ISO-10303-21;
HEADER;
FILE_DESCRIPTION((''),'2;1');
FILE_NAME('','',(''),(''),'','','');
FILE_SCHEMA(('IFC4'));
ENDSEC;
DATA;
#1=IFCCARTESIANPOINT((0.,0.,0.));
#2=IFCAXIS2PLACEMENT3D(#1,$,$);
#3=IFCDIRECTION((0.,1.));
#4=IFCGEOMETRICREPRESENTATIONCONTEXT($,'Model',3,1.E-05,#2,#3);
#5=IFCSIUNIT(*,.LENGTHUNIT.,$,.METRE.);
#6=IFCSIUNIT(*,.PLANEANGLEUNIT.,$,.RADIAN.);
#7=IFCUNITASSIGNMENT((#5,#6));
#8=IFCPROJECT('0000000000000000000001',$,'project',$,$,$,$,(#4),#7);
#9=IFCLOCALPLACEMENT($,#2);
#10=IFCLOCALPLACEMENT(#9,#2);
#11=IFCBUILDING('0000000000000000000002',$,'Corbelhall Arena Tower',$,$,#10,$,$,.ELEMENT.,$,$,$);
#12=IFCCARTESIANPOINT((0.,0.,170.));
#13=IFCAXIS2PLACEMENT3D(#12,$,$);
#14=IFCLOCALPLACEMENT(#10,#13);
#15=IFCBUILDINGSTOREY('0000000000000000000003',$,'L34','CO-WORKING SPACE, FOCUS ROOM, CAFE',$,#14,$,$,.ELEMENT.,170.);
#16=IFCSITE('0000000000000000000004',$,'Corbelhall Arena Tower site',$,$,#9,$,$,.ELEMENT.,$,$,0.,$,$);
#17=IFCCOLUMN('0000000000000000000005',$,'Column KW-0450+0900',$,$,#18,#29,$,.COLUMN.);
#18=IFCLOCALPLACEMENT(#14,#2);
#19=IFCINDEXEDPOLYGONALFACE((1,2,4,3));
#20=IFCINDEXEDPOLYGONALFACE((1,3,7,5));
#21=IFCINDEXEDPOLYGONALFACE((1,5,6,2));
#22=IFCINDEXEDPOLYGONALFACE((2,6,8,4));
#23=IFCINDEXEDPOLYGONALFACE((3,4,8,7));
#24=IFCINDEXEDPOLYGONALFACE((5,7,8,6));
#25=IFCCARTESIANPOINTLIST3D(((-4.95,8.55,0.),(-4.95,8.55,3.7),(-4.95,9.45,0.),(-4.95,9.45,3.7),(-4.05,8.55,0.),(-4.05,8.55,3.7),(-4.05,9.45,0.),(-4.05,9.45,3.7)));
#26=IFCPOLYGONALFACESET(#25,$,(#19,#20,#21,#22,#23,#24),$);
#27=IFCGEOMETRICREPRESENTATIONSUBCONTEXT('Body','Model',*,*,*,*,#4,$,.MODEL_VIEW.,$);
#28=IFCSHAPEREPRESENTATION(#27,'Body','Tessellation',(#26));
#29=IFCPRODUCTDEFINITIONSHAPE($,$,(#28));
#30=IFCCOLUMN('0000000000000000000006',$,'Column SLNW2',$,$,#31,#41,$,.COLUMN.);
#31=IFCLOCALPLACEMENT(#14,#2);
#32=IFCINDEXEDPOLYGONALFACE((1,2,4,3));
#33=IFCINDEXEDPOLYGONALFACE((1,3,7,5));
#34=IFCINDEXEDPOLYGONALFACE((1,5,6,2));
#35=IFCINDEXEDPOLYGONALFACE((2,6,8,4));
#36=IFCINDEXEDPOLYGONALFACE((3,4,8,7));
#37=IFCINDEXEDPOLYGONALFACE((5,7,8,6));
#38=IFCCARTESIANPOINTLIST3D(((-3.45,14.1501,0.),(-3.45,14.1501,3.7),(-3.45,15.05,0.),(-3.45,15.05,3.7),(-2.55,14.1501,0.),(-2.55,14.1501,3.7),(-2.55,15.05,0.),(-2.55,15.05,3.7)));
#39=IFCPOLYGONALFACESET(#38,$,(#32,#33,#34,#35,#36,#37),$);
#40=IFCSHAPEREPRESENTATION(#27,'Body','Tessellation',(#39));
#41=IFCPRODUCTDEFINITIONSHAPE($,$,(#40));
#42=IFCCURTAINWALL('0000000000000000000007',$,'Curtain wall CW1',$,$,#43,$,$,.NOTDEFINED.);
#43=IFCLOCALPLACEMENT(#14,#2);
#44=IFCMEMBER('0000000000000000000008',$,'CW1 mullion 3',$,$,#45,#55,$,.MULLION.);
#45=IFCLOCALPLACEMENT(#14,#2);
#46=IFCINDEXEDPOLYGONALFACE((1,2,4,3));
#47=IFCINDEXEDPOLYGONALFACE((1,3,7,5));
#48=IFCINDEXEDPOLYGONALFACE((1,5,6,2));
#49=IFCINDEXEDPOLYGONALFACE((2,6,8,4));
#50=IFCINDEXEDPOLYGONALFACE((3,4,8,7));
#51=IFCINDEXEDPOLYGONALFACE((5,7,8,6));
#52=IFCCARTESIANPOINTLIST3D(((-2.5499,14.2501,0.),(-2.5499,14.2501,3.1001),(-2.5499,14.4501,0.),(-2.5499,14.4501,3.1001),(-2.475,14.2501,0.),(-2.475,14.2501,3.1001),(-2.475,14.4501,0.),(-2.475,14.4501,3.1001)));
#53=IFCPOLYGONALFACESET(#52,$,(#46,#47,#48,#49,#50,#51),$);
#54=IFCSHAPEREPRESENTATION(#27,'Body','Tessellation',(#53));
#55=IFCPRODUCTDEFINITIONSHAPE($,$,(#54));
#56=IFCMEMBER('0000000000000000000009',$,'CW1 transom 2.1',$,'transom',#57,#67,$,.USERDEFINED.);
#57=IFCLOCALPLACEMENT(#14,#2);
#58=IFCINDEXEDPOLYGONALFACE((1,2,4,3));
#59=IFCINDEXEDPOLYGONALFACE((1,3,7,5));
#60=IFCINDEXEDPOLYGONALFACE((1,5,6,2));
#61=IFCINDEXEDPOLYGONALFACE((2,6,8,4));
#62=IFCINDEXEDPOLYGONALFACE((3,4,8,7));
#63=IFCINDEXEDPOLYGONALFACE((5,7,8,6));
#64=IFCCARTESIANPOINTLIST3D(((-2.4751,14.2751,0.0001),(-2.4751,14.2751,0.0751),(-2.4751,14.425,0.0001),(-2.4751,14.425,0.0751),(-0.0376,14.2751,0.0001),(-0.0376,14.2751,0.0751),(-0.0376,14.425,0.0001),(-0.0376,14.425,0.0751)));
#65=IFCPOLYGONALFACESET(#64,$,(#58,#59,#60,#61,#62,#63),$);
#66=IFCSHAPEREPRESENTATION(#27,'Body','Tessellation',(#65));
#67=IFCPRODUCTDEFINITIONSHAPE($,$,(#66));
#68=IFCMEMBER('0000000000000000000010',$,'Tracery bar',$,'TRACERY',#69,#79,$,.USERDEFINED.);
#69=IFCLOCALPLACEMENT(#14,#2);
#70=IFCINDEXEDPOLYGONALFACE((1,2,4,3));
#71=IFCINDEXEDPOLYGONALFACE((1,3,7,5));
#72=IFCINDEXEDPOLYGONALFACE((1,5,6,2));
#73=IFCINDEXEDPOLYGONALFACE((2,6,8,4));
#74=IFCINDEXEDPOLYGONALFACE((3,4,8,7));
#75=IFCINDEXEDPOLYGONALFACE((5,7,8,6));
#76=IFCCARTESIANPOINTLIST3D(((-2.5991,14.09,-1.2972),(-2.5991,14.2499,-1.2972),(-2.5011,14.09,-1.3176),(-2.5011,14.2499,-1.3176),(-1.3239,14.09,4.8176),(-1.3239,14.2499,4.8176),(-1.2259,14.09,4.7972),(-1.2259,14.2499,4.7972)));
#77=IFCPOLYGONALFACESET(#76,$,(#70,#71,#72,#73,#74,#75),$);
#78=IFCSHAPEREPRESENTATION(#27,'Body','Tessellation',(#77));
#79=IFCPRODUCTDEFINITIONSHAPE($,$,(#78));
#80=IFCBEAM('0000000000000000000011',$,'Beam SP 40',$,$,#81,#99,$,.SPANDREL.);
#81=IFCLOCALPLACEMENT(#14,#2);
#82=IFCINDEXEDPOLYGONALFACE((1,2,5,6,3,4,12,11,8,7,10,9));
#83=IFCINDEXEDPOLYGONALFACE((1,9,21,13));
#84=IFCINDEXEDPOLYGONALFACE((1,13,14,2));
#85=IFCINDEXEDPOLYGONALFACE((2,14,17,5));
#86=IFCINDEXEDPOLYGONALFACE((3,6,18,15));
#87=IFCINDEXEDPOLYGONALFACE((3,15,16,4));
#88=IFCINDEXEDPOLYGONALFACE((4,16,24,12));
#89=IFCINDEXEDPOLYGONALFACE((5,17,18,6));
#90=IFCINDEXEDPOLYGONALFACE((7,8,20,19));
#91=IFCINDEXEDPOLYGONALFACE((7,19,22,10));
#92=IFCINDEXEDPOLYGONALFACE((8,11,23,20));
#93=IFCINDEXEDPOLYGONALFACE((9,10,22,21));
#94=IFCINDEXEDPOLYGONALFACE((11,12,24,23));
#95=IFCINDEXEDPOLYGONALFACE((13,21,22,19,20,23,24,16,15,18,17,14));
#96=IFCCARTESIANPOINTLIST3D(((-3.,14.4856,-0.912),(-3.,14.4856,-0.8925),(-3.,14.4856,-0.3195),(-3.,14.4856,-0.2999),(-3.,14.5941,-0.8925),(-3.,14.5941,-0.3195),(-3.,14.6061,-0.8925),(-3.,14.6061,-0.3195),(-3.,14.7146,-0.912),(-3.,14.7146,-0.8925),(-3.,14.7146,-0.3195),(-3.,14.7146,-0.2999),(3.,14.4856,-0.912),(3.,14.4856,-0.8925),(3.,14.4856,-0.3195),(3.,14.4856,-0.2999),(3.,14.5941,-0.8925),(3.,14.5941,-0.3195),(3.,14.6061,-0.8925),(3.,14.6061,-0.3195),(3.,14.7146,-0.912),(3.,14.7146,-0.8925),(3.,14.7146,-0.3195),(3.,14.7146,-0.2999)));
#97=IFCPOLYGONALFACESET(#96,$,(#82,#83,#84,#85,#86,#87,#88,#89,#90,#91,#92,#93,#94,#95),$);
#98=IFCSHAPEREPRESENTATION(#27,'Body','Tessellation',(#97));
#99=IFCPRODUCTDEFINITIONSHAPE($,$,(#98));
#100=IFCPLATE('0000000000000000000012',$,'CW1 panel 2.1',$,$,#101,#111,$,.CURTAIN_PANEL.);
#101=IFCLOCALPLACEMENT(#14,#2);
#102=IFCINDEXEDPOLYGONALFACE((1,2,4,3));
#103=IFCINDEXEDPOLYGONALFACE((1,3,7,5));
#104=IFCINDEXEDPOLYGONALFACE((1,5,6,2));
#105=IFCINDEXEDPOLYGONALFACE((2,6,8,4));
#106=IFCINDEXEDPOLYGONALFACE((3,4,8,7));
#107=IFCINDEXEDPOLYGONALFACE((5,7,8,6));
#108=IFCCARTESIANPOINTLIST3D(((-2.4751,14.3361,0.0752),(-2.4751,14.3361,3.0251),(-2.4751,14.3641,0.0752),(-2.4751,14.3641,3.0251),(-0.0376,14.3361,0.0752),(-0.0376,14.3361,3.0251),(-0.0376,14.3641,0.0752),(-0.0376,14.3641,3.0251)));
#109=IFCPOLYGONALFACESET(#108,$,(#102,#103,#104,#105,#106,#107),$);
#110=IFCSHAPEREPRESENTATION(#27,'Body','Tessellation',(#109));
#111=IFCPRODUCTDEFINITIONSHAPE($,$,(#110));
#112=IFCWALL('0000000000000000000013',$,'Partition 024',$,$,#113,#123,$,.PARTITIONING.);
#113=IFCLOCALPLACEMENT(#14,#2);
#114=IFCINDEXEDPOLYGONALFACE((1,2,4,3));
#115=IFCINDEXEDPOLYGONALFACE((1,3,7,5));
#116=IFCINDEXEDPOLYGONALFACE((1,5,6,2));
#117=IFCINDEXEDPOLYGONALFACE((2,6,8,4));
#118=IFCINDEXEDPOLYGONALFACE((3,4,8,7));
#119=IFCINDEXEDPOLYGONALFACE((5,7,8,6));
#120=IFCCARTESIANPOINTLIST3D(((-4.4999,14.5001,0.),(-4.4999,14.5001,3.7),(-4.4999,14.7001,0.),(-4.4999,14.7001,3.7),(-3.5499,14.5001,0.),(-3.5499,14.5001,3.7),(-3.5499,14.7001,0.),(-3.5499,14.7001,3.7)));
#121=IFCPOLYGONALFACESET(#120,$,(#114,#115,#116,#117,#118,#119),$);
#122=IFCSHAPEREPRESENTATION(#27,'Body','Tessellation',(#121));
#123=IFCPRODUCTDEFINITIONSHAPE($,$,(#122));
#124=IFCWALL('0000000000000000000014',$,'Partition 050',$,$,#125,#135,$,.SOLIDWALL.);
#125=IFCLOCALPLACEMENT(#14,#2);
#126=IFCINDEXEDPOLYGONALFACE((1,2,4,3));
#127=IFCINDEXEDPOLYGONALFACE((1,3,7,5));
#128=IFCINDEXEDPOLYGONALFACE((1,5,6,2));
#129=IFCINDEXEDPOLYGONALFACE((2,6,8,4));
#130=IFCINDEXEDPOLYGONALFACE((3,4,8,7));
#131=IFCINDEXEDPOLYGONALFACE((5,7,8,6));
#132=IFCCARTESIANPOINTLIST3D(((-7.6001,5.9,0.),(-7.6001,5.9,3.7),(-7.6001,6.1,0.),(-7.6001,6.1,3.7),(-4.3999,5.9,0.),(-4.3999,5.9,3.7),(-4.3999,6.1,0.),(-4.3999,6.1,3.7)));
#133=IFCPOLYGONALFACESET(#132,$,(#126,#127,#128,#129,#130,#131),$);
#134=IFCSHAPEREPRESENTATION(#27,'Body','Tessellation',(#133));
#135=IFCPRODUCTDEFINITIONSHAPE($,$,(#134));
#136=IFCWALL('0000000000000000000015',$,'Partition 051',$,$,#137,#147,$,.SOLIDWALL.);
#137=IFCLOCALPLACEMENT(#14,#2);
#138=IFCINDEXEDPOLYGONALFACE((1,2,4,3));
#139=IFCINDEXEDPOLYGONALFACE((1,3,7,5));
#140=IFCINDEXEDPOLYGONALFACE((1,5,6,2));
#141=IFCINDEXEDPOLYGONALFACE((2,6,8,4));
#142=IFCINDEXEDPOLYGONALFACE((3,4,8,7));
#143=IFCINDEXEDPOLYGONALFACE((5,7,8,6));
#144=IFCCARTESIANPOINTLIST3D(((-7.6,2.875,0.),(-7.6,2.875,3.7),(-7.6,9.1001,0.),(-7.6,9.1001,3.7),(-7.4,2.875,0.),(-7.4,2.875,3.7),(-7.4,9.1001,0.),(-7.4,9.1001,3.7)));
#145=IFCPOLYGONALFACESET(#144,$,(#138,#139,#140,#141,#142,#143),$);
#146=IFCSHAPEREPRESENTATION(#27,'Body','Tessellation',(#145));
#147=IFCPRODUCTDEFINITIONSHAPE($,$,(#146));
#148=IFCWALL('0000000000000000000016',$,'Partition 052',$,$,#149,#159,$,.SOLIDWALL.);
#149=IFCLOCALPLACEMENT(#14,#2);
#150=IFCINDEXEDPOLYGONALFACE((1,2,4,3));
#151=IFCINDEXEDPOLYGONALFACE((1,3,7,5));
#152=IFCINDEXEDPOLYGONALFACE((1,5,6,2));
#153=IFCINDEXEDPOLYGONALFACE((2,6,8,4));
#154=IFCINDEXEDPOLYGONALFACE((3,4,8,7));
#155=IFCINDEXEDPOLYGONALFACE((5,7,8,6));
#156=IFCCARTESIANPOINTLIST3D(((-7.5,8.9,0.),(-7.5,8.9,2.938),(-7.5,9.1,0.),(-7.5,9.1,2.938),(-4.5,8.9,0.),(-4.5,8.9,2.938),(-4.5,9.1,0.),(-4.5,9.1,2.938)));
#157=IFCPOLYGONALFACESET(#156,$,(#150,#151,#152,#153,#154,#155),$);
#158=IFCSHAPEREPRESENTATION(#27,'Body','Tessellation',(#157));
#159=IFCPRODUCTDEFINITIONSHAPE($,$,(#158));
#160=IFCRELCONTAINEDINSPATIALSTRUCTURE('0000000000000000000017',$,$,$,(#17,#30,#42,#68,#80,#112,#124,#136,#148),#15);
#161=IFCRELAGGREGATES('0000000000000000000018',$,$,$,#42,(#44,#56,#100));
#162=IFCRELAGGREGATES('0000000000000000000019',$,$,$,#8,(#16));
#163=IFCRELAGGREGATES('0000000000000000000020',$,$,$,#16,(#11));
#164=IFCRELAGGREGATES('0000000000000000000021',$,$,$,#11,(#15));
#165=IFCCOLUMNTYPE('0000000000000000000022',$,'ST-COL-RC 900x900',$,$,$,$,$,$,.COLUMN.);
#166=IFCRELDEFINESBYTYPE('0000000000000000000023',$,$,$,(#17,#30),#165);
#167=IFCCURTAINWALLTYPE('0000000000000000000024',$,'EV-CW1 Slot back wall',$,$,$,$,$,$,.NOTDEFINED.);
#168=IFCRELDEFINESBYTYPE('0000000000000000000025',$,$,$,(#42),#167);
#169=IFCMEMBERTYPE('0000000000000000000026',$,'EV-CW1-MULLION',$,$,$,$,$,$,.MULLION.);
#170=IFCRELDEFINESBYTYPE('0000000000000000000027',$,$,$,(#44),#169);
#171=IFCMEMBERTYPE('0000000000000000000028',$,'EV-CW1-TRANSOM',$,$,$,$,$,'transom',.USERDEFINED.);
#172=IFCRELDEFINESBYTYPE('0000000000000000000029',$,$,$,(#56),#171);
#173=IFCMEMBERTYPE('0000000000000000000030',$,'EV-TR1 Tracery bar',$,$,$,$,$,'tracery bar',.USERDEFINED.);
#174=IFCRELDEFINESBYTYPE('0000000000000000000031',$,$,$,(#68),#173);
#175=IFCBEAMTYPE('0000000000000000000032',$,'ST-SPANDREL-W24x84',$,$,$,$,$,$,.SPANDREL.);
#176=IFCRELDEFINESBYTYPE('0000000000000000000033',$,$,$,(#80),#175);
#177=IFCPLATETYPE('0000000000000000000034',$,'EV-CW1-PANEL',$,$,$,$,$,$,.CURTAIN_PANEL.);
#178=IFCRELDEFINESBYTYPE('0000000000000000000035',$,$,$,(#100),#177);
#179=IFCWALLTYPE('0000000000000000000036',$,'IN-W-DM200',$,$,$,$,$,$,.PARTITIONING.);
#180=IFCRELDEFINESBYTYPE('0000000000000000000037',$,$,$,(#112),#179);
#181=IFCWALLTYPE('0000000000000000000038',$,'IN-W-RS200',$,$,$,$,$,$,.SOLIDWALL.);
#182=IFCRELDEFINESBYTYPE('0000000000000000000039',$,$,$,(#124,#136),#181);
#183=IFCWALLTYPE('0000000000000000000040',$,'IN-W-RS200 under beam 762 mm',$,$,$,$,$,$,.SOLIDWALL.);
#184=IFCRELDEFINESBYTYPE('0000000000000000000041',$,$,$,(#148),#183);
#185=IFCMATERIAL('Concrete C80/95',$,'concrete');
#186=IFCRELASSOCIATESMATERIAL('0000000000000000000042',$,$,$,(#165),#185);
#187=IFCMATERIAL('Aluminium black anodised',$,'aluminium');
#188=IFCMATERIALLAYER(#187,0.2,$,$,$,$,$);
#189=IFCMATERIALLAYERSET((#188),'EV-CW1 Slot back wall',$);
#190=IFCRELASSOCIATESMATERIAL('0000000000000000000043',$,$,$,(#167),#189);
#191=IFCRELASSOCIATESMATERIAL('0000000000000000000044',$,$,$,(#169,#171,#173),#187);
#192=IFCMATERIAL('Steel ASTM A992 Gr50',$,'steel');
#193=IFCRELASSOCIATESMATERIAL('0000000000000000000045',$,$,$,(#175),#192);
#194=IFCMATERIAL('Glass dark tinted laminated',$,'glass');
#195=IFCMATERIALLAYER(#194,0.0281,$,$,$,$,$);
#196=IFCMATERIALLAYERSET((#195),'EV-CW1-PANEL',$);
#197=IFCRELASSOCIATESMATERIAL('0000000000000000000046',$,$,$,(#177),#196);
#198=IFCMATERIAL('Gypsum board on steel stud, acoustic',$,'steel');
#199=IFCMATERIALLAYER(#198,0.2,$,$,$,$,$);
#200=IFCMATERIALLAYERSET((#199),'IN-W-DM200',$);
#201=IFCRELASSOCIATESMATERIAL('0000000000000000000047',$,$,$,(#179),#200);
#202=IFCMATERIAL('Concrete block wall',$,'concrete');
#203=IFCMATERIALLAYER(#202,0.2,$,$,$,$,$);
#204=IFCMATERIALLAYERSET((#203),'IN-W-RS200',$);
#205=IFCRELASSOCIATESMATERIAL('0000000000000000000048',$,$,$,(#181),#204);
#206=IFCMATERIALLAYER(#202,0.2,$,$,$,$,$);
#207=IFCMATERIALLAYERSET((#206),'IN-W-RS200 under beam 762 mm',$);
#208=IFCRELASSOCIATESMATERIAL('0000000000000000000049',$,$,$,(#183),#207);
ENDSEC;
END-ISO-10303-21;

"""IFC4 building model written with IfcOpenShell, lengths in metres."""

from ifc_helpers import new_model, si_unit, direction, frame, frame_2d, origin, origin_2d, place, context, subcontext, project, spatial, rectangle, i_section, extrude, material, layer, layer_set, material_profile, profile_set, type_object, element, aggregate, save


model = new_model("IFC4")

# Units and contexts
model_context = context("Model", 3, precision=1e-05, world=origin(), true_north=direction((0.0, 1.0)))
body_context = subcontext(model_context, "Body", "Model", "MODEL_VIEW")
ifc_project = project(units=[si_unit("LENGTHUNIT", "METRE"), si_unit("PLANEANGLEUNIT", "RADIAN")], contexts=[model_context])

# Site, building, storey
site_placement = place(None, origin())
site = spatial("IfcSite", under=ifc_project, at=site_placement, Name="Corbelhall Arena Tower site", CompositionType="ELEMENT", RefElevation=0.0)
building_placement = place(site_placement, origin())
building = spatial("IfcBuilding", under=site, at=building_placement, Name="Corbelhall Arena Tower", CompositionType="ELEMENT")
storey_placement = place(building_placement, frame((0.0, 0.0, 170.0)))
storey = spatial("IfcBuildingStorey", under=building, at=storey_placement, Name="L34", Description="CO-WORKING SPACE, FOCUS ROOM, CAFE", CompositionType="ELEMENT", Elevation=170.0)

# Columns
ifc_material_1 = material(Name="Concrete C80/95", Category="concrete")
ifc_material_profile_1 = material_profile(ifc_material_1, rectangle(XDim=0.8999, YDim=0.8999, at=origin_2d()))
ifc_profile_set_1 = profile_set([ifc_material_profile_1], Name="Concrete C80/95")
column_type = type_object("IfcColumnType", Name="ST-COL-RC 900x900", PredefinedType="COLUMN", material=ifc_profile_set_1)
for number, where, z_axis, x_axis, name in (
    (1, (-4.5, 9.0, 0.0), (0.0, 0.0, 1.0), (1.0, 0.0, 0.0), "Column KW-0450+0900"),
    (2, (-3.0, 14.6001, 0.0), (0.0, 0.0, 1.0), (1.0, 0.0, 0.0), "Column SLNW2"),
):
    element("IfcColumn", number, at=place(storey_placement, frame(where, z_axis=z_axis, x_axis=x_axis)), inside=storey, type_object=column_type, Name=name, PredefinedType="COLUMN", context=body_context, shape_type="SweptSolid", body=[
        extrude(rectangle(XDim=0.8999, YDim=0.8999, at=origin_2d()), origin(), (0.0, 0.0, 1.0), 3.7),
    ])

# Curtain wall, members
ifc_material_2 = material(Name="Aluminium black anodised", Category="aluminium")
ifc_layer_1 = layer(ifc_material_2, 0.2)
ifc_layer_set_1 = layer_set([ifc_layer_1], Name="EV-CW1 Slot back wall")
curtain_wall_type = type_object("IfcCurtainWallType", Name="EV-CW1 Slot back wall", PredefinedType="NOTDEFINED", material=ifc_layer_set_1)
curtain_wall_placement = place(storey_placement, origin())
curtain_wall = element("IfcCurtainWall", 3, at=curtain_wall_placement, inside=storey, type_object=curtain_wall_type, Name="Curtain wall CW1", PredefinedType="NOTDEFINED")
ifc_material_profile_2 = material_profile(ifc_material_2, rectangle(XDim=0.2, YDim=0.075, at=origin_2d()))
ifc_profile_set_2 = profile_set([ifc_material_profile_2], Name="Aluminium black anodised")
member_type_1 = type_object("IfcMemberType", Name="EV-CW1-MULLION", PredefinedType="MULLION", material=ifc_profile_set_2)
member_1_placement = place(storey_placement, frame((-2.5125, 14.3501, 0.0), z_axis=(0.0, 0.0, 1.0), x_axis=(0.0, -1.0, 0.0)))
member_1 = element("IfcMember", 4, at=member_1_placement, type_object=member_type_1, Name="CW1 mullion 3", PredefinedType="MULLION", context=body_context, shape_type="SweptSolid", body=[
    extrude(rectangle(XDim=0.2, YDim=0.075, at=origin_2d()), origin(), (0.0, 0.0, 1.0), 3.1001),
])
ifc_material_profile_3 = material_profile(ifc_material_2, rectangle(XDim=0.1499, YDim=0.075, at=origin_2d()))
ifc_profile_set_3 = profile_set([ifc_material_profile_3], Name="Aluminium black anodised")
member_type_2 = type_object("IfcMemberType", Name="EV-CW1-TRANSOM", ElementType="transom", PredefinedType="USERDEFINED", material=ifc_profile_set_3)
member_2_placement = place(storey_placement, frame((-0.0376, 14.3501, 0.0376), z_axis=(-1.0, 0.0, 0.0), x_axis=(0.0, -1.0, 0.0)))
member_2 = element("IfcMember", 5, at=member_2_placement, type_object=member_type_2, Name="CW1 transom 2.1", ObjectType="transom", PredefinedType="USERDEFINED", context=body_context, shape_type="SweptSolid", body=[
    extrude(rectangle(XDim=0.1499, YDim=0.075, at=origin_2d()), origin(), (0.0, 0.0, 1.0), 2.4375),
])

# Member
ifc_material_profile_4 = material_profile(ifc_material_2, rectangle(XDim=0.1599, YDim=0.1001, at=origin_2d()))
ifc_profile_set_4 = profile_set([ifc_material_profile_4], Name="Aluminium black anodised")
member_type_3 = type_object("IfcMemberType", Name="EV-TR1 Tracery bar", ElementType="tracery bar", PredefinedType="USERDEFINED", material=ifc_profile_set_4)
member_3_placement = place(storey_placement, frame((-1.2749, 14.1699, 4.8074), z_axis=(-0.204145, 0.0, -0.978941), x_axis=(0.0, -1.0, 0.0)))
element("IfcMember", 6, at=member_3_placement, inside=storey, type_object=member_type_3, Name="Tracery bar", ObjectType="TRACERY", PredefinedType="USERDEFINED", context=body_context, shape_type="SweptSolid", body=[
    extrude(rectangle(XDim=0.1599, YDim=0.1001, at=origin_2d()), origin(), (0.0, 0.0, 1.0), 6.2463),
])

# Beam
ifc_material_3 = material(Name="Steel ASTM A992 Gr50", Category="steel")
ifc_material_profile_5 = material_profile(ifc_material_3, i_section(OverallWidth=0.229, OverallDepth=0.6121, WebThickness=0.012, FlangeThickness=0.0195, at=origin_2d()))
ifc_profile_set_5 = profile_set([ifc_material_profile_5], Name="Steel ASTM A992 Gr50")
beam_type = type_object("IfcBeamType", Name="ST-SPANDREL-W24x84", PredefinedType="SPANDREL", material=ifc_profile_set_5)
beam_placement = place(storey_placement, frame((-3.0, 14.6001, -0.606), z_axis=(1.0, 0.0, 0.0), x_axis=(0.0, 1.0, 0.0)))
element("IfcBeam", 7, at=beam_placement, inside=storey, type_object=beam_type, Name="Beam SP 40", PredefinedType="SPANDREL", context=body_context, shape_type="SweptSolid", body=[
    extrude(i_section(OverallWidth=0.229, OverallDepth=0.6121, WebThickness=0.012, FlangeThickness=0.0195, at=origin_2d()), origin(), (0.0, 0.0, 1.0), 6.0),
])

# Plate
ifc_material_4 = material(Name="Glass dark tinted laminated", Category="glass")
ifc_layer_2 = layer(ifc_material_4, 0.0281)
ifc_layer_set_2 = layer_set([ifc_layer_2], Name="EV-CW1-PANEL")
plate_type = type_object("IfcPlateType", Name="EV-CW1-PANEL", PredefinedType="CURTAIN_PANEL", material=ifc_layer_set_2)
plate_placement = place(storey_placement, frame((-1.2563, 14.3501, 0.0752), z_axis=(0.0, 0.0, 1.0), x_axis=(-1.0, 0.0, 0.0)))
plate = element("IfcPlate", 8, at=plate_placement, type_object=plate_type, Name="CW1 panel 2.1", PredefinedType="CURTAIN_PANEL", context=body_context, shape_type="SweptSolid", body=[
    extrude(rectangle(XDim=2.4375, YDim=0.0281, at=origin_2d()), origin(), (0.0, 0.0, 1.0), 2.95),
])
aggregate(curtain_wall, [member_1, member_2, plate])

# Walls
ifc_material_5 = material(Name="Gypsum board on steel stud, acoustic", Category="steel")
ifc_layer_3 = layer(ifc_material_5, 0.2)
ifc_layer_set_3 = layer_set([ifc_layer_3], Name="IN-W-DM200")
wall_type_1 = type_object("IfcWallType", Name="IN-W-DM200", PredefinedType="PARTITIONING", material=ifc_layer_set_3)
wall_1_placement = place(storey_placement, frame((-4.5, 14.6001, 0.0), z_axis=(0.0, 0.0, 1.0), x_axis=(1.0, 0.0, 0.0)))
element("IfcWall", 9, at=wall_1_placement, inside=storey, type_object=wall_type_1, Name="Partition 024", PredefinedType="PARTITIONING", context=body_context, shape_type="SweptSolid", body=[
    extrude(rectangle(XDim=0.95, YDim=0.2, at=frame_2d((0.4751, 0.0))), origin(), (0.0, 0.0, 1.0), 3.7),
])
ifc_material_6 = material(Name="Concrete block wall", Category="concrete")
ifc_layer_4 = layer(ifc_material_6, 0.2)
ifc_layer_set_4 = layer_set([ifc_layer_4], Name="IN-W-RS200")
wall_type_2 = type_object("IfcWallType", Name="IN-W-RS200", PredefinedType="SOLIDWALL", material=ifc_layer_set_4)
wall_2_placement = place(storey_placement, frame((-7.6001, 6.0, 0.0), z_axis=(0.0, 0.0, 1.0), x_axis=(1.0, 0.0, 0.0)))
element("IfcWall", 10, at=wall_2_placement, inside=storey, type_object=wall_type_2, Name="Partition 050", PredefinedType="SOLIDWALL", context=body_context, shape_type="SweptSolid", body=[
    extrude(rectangle(XDim=3.2002, YDim=0.2, at=frame_2d((1.6001, 0.0))), origin(), (0.0, 0.0, 1.0), 3.7),
])
wall_3_placement = place(storey_placement, frame((-7.5, 2.875, 0.0), z_axis=(0.0, 0.0, 1.0), x_axis=(0.0, 1.0, 0.0)))
element("IfcWall", 11, at=wall_3_placement, inside=storey, type_object=wall_type_2, Name="Partition 051", PredefinedType="SOLIDWALL", context=body_context, shape_type="SweptSolid", body=[
    extrude(rectangle(XDim=6.2251, YDim=0.2, at=frame_2d((3.1125, 0.0))), origin(), (0.0, 0.0, 1.0), 3.7),
])
ifc_layer_5 = layer(ifc_material_6, 0.2)
ifc_layer_set_5 = layer_set([ifc_layer_5], Name="IN-W-RS200 under beam 762 mm")
wall_type_3 = type_object("IfcWallType", Name="IN-W-RS200 under beam 762 mm", PredefinedType="SOLIDWALL", material=ifc_layer_set_5)
wall_4_placement = place(storey_placement, frame((-7.5, 9.0, 0.0), z_axis=(0.0, 0.0, 1.0), x_axis=(1.0, 0.0, 0.0)))
element("IfcWall", 12, at=wall_4_placement, inside=storey, type_object=wall_type_3, Name="Partition 052", PredefinedType="SOLIDWALL", context=body_context, shape_type="SweptSolid", body=[
    extrude(rectangle(XDim=3.0, YDim=0.2, at=frame_2d((1.5, 0.0))), origin(), (0.0, 0.0, 1.0), 2.938),
])

save(model, "model.ifc")
